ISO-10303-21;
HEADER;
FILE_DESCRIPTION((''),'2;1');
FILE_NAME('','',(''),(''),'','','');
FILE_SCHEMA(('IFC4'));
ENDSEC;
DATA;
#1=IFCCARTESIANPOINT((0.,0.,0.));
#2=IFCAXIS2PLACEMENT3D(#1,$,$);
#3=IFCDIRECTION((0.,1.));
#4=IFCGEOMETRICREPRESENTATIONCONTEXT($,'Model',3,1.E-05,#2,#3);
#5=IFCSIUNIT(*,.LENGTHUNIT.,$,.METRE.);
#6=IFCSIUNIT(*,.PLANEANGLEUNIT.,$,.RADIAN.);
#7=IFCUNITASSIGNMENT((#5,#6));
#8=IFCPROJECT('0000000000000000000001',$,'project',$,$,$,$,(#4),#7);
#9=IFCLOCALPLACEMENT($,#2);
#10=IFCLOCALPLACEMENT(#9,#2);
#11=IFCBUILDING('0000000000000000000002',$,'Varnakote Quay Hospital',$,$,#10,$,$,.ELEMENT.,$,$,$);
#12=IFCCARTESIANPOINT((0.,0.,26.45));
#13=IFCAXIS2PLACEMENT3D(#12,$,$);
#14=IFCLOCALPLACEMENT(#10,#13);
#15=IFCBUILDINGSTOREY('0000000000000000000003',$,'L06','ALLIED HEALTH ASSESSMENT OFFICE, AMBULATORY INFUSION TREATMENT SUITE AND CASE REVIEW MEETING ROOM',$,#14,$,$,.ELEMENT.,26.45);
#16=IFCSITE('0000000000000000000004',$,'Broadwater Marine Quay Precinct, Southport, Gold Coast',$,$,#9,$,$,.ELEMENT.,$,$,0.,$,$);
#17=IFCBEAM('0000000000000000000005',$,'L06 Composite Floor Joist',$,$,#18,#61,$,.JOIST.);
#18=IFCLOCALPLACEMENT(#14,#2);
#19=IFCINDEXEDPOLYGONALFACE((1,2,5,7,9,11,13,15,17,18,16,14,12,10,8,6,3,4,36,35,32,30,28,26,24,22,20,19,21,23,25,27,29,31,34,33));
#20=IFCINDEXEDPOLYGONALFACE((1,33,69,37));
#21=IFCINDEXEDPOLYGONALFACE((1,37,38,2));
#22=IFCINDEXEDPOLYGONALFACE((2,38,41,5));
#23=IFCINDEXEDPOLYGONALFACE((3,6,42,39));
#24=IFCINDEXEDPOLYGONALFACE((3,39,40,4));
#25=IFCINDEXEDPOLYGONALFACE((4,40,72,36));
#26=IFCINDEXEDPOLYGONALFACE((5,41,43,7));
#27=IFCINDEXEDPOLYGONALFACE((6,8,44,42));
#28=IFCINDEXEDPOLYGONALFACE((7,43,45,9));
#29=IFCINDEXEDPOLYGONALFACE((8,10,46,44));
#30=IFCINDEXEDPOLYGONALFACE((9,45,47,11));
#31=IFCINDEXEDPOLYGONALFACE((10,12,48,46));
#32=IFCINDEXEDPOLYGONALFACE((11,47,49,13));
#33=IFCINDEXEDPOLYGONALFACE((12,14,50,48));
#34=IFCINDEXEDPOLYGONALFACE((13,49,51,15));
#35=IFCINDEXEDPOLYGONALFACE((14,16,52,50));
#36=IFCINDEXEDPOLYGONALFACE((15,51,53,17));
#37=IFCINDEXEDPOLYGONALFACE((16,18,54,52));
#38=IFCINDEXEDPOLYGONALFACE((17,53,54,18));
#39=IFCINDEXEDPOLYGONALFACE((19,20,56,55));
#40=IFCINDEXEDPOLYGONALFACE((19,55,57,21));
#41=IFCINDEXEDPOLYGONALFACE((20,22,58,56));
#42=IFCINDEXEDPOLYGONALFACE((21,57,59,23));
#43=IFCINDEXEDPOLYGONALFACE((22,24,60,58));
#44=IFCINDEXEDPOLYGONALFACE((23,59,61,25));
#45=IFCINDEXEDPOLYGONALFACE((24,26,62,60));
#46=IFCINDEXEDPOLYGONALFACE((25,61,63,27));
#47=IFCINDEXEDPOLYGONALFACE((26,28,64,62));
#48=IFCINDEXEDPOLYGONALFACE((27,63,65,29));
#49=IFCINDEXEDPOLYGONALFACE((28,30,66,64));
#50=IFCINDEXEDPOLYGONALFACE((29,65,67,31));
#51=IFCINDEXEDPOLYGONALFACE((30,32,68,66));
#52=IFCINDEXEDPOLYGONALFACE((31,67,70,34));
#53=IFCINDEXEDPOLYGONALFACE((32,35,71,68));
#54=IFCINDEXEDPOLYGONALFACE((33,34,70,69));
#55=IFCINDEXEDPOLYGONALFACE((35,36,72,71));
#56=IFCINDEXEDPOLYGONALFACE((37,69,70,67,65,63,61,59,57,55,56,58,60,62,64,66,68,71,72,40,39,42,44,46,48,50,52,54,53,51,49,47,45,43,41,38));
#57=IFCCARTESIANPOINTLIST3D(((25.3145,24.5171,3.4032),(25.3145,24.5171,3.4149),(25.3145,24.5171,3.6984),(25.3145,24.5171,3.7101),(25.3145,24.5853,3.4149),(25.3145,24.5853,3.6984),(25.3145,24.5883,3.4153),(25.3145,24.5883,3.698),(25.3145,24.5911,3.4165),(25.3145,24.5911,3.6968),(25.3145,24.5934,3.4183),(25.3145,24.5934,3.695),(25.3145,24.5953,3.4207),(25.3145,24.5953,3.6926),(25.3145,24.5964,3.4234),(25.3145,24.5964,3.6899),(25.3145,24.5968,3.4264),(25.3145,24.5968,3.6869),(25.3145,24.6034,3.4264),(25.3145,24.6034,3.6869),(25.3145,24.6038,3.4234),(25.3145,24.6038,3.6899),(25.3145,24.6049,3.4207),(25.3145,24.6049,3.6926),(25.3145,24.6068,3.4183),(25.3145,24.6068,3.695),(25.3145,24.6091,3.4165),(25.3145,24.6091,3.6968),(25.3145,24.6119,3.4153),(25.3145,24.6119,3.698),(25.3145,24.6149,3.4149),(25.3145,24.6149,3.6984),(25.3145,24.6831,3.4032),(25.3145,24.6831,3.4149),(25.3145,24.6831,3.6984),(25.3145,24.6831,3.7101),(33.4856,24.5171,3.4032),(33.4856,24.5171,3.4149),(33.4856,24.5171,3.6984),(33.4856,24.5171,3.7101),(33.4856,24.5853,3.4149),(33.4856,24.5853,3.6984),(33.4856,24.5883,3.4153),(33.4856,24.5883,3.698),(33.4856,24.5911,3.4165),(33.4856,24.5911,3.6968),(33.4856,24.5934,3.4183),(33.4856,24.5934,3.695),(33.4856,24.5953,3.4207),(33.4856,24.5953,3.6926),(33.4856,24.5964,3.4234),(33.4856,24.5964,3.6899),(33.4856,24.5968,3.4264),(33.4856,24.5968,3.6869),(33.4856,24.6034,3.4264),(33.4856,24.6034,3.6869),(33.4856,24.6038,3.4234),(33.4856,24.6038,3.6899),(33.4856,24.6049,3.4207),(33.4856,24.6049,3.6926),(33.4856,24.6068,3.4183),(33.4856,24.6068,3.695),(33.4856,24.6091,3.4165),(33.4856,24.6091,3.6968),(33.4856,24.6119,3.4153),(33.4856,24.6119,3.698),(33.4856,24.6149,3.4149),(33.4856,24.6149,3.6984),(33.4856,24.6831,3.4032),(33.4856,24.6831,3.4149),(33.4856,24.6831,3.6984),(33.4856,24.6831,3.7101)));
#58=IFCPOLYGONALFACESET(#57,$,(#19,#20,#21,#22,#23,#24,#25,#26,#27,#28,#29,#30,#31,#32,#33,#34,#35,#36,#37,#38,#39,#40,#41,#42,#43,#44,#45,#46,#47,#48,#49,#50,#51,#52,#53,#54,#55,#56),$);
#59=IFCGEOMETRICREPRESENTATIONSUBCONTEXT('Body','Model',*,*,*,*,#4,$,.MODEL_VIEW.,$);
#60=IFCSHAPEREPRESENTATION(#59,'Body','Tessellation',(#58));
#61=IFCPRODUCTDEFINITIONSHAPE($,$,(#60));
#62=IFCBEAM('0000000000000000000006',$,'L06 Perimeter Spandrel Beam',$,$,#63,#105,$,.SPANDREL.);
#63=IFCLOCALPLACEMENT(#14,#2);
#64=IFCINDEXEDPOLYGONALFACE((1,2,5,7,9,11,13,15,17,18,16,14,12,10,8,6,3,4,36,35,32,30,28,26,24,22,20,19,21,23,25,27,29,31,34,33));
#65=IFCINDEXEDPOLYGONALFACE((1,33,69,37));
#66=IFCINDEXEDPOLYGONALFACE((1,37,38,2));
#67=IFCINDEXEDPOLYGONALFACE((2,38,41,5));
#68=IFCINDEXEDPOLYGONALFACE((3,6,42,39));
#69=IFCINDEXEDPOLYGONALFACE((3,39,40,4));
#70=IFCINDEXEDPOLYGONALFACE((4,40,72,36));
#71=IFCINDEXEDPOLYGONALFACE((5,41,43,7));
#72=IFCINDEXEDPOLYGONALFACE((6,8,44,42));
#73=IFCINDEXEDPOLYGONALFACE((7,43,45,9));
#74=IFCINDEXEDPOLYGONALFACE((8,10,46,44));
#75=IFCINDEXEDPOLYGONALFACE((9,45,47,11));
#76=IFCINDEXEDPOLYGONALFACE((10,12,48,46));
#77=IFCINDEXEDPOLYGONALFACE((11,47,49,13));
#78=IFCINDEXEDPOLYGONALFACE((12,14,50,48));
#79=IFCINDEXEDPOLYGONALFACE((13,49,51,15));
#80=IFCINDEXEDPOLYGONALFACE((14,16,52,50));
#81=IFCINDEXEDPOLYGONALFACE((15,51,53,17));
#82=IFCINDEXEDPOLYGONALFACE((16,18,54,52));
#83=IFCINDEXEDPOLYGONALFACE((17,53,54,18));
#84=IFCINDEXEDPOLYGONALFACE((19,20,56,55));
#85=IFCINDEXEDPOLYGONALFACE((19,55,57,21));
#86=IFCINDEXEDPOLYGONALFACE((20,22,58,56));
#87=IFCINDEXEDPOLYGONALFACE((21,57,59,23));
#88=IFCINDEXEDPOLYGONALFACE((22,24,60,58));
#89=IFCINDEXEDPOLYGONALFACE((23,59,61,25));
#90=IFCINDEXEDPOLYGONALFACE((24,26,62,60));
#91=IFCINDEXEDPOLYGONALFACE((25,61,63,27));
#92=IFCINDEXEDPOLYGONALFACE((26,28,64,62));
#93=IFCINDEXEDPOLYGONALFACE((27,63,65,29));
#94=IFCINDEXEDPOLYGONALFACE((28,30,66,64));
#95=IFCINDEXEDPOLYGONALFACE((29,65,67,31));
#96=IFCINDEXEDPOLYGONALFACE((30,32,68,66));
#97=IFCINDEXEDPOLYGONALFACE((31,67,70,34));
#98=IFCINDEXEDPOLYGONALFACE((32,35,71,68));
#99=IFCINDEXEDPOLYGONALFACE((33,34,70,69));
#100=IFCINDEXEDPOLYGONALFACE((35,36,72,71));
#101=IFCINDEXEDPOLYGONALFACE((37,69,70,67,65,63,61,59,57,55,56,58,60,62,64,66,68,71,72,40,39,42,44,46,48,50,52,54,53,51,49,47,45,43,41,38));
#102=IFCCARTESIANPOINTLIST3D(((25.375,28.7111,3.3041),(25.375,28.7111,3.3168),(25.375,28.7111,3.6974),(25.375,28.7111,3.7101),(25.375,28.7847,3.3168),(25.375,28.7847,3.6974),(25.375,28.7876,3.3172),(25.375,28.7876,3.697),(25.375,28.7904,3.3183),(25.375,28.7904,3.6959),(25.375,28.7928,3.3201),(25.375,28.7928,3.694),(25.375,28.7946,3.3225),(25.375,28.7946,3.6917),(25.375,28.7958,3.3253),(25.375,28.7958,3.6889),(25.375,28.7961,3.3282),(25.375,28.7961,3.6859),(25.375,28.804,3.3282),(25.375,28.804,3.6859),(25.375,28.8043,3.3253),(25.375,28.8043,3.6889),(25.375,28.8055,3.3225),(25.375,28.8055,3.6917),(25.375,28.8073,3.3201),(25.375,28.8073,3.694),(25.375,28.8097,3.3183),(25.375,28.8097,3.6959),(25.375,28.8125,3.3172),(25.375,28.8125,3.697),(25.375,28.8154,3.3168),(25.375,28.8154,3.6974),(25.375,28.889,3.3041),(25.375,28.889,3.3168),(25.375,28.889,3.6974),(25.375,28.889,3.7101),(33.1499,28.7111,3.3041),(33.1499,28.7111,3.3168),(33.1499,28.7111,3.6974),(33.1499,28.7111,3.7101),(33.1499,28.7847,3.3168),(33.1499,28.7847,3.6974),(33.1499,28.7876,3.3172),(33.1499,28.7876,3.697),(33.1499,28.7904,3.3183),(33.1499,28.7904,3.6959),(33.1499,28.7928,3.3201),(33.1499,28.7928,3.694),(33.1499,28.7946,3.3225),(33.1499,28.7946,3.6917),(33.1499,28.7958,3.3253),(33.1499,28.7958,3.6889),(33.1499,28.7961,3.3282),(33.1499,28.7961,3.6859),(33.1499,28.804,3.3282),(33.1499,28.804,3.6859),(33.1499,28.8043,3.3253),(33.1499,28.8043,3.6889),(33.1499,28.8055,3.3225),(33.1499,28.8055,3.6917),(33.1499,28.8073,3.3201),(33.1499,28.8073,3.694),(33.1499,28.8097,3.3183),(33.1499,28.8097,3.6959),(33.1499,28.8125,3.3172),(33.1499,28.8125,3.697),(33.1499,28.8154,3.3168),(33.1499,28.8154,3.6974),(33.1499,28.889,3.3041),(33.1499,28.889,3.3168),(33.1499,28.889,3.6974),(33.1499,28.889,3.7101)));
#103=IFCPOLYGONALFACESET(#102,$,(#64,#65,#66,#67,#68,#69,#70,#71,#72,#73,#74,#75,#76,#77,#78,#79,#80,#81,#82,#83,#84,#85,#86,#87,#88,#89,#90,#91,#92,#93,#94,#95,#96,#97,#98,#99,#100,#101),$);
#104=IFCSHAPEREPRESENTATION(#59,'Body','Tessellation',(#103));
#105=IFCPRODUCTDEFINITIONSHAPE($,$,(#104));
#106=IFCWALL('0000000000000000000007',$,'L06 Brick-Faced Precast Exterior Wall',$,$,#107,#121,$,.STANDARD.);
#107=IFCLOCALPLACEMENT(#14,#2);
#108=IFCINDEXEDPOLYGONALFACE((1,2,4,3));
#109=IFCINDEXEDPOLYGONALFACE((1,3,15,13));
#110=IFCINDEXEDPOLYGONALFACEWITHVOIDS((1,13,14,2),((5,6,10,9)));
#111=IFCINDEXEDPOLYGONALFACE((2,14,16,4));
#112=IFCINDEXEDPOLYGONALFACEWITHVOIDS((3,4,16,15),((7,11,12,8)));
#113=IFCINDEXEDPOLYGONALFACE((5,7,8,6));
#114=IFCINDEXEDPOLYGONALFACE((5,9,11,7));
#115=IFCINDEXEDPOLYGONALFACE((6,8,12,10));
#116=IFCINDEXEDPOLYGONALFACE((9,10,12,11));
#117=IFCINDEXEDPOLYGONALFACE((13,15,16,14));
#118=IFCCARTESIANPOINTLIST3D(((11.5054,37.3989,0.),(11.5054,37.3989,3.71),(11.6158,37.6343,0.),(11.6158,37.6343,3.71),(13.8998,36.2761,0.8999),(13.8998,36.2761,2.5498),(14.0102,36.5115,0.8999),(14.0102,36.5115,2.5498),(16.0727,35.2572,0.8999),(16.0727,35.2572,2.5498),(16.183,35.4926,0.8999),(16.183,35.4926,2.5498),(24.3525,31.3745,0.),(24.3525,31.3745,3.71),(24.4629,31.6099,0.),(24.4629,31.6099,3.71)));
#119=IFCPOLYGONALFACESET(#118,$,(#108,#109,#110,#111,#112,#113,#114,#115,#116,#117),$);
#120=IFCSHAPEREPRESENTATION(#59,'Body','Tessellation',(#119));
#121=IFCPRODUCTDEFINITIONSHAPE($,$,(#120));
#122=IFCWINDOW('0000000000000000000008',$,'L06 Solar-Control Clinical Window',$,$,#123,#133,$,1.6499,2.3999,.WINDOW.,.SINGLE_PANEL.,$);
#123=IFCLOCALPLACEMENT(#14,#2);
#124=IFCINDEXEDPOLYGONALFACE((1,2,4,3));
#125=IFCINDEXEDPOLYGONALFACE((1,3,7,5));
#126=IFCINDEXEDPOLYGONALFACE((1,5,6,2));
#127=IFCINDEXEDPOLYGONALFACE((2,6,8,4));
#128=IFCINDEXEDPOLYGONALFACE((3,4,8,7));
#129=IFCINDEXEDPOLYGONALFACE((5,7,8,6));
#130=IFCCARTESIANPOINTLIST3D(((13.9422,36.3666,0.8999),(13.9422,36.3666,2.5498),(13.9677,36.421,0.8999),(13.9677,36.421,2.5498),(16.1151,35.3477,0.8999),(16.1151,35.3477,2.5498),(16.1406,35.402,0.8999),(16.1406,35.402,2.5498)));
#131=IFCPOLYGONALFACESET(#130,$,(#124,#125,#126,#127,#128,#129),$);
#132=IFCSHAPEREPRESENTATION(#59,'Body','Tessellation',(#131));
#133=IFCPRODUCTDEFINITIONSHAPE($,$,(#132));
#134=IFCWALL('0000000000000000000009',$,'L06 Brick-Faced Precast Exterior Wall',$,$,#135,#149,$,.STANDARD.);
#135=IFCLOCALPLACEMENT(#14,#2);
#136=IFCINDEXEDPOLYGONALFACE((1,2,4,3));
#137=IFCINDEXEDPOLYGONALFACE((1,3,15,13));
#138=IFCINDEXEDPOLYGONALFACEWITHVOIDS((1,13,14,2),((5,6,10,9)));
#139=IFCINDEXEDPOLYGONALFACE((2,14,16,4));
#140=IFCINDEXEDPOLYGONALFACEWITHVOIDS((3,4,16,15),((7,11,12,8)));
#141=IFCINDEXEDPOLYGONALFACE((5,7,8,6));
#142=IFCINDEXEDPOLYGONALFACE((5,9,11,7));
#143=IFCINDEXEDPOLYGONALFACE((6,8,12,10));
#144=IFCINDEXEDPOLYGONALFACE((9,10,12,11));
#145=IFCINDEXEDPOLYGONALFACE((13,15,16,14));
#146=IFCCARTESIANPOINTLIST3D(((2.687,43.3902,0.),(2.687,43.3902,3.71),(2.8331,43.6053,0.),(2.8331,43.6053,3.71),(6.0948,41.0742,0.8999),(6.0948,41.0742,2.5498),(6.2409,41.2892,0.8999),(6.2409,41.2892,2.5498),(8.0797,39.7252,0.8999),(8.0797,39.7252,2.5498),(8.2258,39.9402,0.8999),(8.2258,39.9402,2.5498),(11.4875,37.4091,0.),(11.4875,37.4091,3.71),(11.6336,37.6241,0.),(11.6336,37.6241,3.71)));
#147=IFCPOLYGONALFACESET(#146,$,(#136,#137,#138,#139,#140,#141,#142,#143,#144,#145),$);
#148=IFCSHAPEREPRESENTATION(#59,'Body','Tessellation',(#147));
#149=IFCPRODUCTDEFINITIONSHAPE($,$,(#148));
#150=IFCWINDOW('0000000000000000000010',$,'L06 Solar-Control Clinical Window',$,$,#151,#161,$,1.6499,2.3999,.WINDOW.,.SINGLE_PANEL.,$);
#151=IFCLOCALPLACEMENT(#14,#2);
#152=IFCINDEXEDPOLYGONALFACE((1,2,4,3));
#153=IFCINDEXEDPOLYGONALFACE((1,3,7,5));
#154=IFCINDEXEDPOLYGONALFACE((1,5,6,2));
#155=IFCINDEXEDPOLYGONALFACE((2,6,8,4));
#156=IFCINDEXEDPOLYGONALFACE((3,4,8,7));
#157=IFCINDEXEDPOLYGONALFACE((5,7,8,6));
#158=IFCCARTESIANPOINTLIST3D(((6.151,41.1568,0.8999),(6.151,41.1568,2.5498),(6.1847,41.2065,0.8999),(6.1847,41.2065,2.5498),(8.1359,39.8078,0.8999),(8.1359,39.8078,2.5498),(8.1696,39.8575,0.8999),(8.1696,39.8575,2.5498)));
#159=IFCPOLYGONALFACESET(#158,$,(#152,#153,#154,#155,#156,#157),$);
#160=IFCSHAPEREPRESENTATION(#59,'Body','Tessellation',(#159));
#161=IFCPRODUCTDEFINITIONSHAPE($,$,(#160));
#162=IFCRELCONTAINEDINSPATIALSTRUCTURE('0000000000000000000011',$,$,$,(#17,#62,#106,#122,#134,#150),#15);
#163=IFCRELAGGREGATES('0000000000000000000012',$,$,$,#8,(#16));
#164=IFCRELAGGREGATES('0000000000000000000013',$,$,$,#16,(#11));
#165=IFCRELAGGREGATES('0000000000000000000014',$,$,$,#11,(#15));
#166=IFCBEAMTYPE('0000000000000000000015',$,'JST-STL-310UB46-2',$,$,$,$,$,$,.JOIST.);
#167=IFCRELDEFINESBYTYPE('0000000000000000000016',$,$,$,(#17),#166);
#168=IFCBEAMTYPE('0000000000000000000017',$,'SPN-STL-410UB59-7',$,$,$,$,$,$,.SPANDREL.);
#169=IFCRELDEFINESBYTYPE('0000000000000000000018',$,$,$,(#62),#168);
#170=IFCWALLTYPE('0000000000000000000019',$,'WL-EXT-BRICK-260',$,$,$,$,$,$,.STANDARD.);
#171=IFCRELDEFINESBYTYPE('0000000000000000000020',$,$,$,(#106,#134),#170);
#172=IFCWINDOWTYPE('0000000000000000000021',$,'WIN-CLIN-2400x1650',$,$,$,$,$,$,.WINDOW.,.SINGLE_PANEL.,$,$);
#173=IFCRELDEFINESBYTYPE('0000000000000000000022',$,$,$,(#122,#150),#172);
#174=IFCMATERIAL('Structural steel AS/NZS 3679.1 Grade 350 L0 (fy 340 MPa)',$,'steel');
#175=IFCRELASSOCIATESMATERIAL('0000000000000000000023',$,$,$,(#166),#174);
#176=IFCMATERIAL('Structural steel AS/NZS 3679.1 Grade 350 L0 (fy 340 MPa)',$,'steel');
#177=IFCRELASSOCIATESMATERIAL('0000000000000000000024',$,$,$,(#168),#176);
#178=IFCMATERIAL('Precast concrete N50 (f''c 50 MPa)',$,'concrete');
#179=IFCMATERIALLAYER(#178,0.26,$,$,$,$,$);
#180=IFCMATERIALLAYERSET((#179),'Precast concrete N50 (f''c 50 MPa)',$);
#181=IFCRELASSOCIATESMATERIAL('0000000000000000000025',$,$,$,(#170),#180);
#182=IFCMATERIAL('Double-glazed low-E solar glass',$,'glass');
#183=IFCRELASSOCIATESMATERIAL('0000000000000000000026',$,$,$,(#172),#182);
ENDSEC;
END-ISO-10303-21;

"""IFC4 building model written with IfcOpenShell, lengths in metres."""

from ifc_helpers import new_model, si_unit, direction, frame, frame_2d, origin, origin_2d, place, context, subcontext, project, spatial, rectangle, i_section, extrude, material, layer, layer_set, material_profile, profile_set, type_object, element, fill, save


model = new_model("IFC4")

# Units and contexts
model_context = context("Model", 3, precision=1e-05, world=origin(), true_north=direction((0.0, 1.0)))
body_context = subcontext(model_context, "Body", "Model", "MODEL_VIEW")
ifc_project = project(units=[si_unit("LENGTHUNIT", "METRE"), si_unit("PLANEANGLEUNIT", "RADIAN")], contexts=[model_context])

# Site, building, storey
site_placement = place(None, origin())
site = spatial("IfcSite", under=ifc_project, at=site_placement, Name="Broadwater Marine Quay Precinct, Southport, Gold Coast", CompositionType="ELEMENT", RefElevation=0.0)
building_placement = place(site_placement, origin())
building = spatial("IfcBuilding", under=site, at=building_placement, Name="Varnakote Quay Hospital", CompositionType="ELEMENT")
storey_placement = place(building_placement, frame((0.0, 0.0, 26.45)))
storey = spatial("IfcBuildingStorey", under=building, at=storey_placement, Name="L06", Description="ALLIED HEALTH ASSESSMENT OFFICE, AMBULATORY INFUSION TREATMENT SUITE AND CASE REVIEW MEETING ROOM", CompositionType="ELEMENT", Elevation=26.45)

# Beams
ifc_material_1 = material(Name="Structural steel AS/NZS 3679.1 Grade 350 L0 (fy 340 MPa)", Category="steel")
ifc_material_profile_1 = material_profile(ifc_material_1, i_section(OverallWidth=0.166, OverallDepth=0.3069, WebThickness=0.0066, FlangeThickness=0.0117, FilletRadius=0.0115, at=origin_2d()), Name="310UB46.2")
ifc_profile_set_1 = profile_set([ifc_material_profile_1], Name="Structural steel AS/NZS 3679.1 Grade 350 L0 (fy 340 MPa)")
beam_type_1 = type_object("IfcBeamType", Name="JST-STL-310UB46-2", PredefinedType="JOIST", material=ifc_profile_set_1)
beam_1_placement = place(storey_placement, frame((25.3145, 24.6001, 3.5566), z_axis=(1.0, 0.0, 0.0), x_axis=(0.0, 1.0, 0.0)))
element("IfcBeam", 1, at=beam_1_placement, inside=storey, type_object=beam_type_1, Name="L06 Composite Floor Joist", PredefinedType="JOIST", context=body_context, shape_type="SweptSolid", body=[
    extrude(i_section(OverallWidth=0.166, OverallDepth=0.3069, WebThickness=0.0066, FlangeThickness=0.0117, FilletRadius=0.0115, at=origin_2d()), origin(), (0.0, 0.0, 1.0), 8.1711),
])
ifc_material_2 = material(Name="Structural steel AS/NZS 3679.1 Grade 350 L0 (fy 340 MPa)", Category="steel")
ifc_material_profile_2 = material_profile(ifc_material_2, i_section(OverallWidth=0.178, OverallDepth=0.406, WebThickness=0.0078, FlangeThickness=0.0127, FilletRadius=0.0115, at=origin_2d()), Name="410UB59.7")
ifc_profile_set_2 = profile_set([ifc_material_profile_2], Name="Structural steel AS/NZS 3679.1 Grade 350 L0 (fy 340 MPa)")
beam_type_2 = type_object("IfcBeamType", Name="SPN-STL-410UB59-7", PredefinedType="SPANDREL", material=ifc_profile_set_2)
beam_2_placement = place(storey_placement, frame((25.375, 28.8, 3.5071), z_axis=(1.0, 0.0, 0.0), x_axis=(0.0, 1.0, 0.0)))
element("IfcBeam", 2, at=beam_2_placement, inside=storey, type_object=beam_type_2, Name="L06 Perimeter Spandrel Beam", PredefinedType="SPANDREL", context=body_context, shape_type="SweptSolid", body=[
    extrude(i_section(OverallWidth=0.178, OverallDepth=0.406, WebThickness=0.0078, FlangeThickness=0.0127, FilletRadius=0.0115, at=origin_2d()), origin(), (0.0, 0.0, 1.0), 7.7749),
])

# Walls, openings, windows
ifc_material_3 = material(Name="Precast concrete N50 (f'c 50 MPa)", Category="concrete")
ifc_layer_1 = layer(ifc_material_3, 0.26)
ifc_layer_set_1 = layer_set([ifc_layer_1], Name="Precast concrete N50 (f'c 50 MPa)")
wall_type_1 = type_object("IfcWallType", Name="WL-EXT-BRICK-260", PredefinedType="STANDARD", material=ifc_layer_set_1)
wall_1_placement = place(storey_placement, frame((24.4077, 31.4922, 0.0), z_axis=(0.0, 0.0, 1.0), x_axis=(-0.905397, 0.424567, 0.0)))
wall_1 = element("IfcWall", 3, at=wall_1_placement, inside=storey, type_object=wall_type_1, Name="L06 Brick-Faced Precast Exterior Wall", PredefinedType="STANDARD", context=body_context, shape_type="SweptSolid", body=[
    extrude(rectangle(XDim=14.1895, YDim=0.26, at=frame_2d((7.0947, 0.0))), origin(), (0.0, 0.0, 1.0), 3.71),
])
opening_1_placement = place(wall_1_placement, frame((9.145, 0.0, 0.8999)))
opening_1 = element("IfcOpeningElement", 4, at=opening_1_placement, cuts=wall_1, PredefinedType="OPENING", context=body_context, shape_type="SweptSolid", body=[
    extrude(rectangle(XDim=2.3999, YDim=1.6499, at=frame_2d((1.2, 0.825))), frame((0.0, 0.1399, 0.0), z_axis=(0.0, -1.0, 0.0), x_axis=(1.0, 0.0, 0.0)), (0.0, 0.0, 1.0), 0.28),
])
ifc_material_4 = material(Name="Double-glazed low-E solar glass", Category="glass")
window_type = type_object("IfcWindowType", Name="WIN-CLIN-2400x1650", PartitioningType="SINGLE_PANEL", PredefinedType="WINDOW", material=ifc_material_4)
window_1_placement = place(opening_1_placement, origin())
window_1 = element("IfcWindow", 5, at=window_1_placement, inside=storey, type_object=window_type, Name="L06 Solar-Control Clinical Window", OverallHeight=1.6499, OverallWidth=2.3999, PartitioningType="SINGLE_PANEL", PredefinedType="WINDOW", context=body_context, shape_type="SweptSolid", body=[
    extrude(rectangle(XDim=2.3999, YDim=1.6499, at=frame_2d((1.2, 0.825))), frame((0.0, 0.03, 0.0), z_axis=(0.0, -1.0, 0.0), x_axis=(1.0, 0.0, 0.0)), (0.0, 0.0, 1.0), 0.0601),
])
fill(opening_1, window_1)
wall_2_placement = place(storey_placement, frame((11.5605, 37.5166, 0.0), z_axis=(0.0, 0.0, 1.0), x_axis=(-0.827065, 0.562107, 0.0)))
wall_2 = element("IfcWall", 6, at=wall_2_placement, inside=storey, type_object=wall_type_1, Name="L06 Brick-Faced Precast Exterior Wall", PredefinedType="STANDARD", context=body_context, shape_type="SweptSolid", body=[
    extrude(rectangle(XDim=10.6406, YDim=0.26, at=frame_2d((5.3203, 0.0))), origin(), (0.0, 0.0, 1.0), 3.71),
])
opening_2_placement = place(wall_2_placement, frame((4.1204, 0.0, 0.8999)))
opening_2 = element("IfcOpeningElement", 7, at=opening_2_placement, cuts=wall_2, PredefinedType="OPENING", context=body_context, shape_type="SweptSolid", body=[
    extrude(rectangle(XDim=2.3999, YDim=1.6499, at=frame_2d((1.2, 0.825))), frame((0.0, 0.1399, 0.0), z_axis=(0.0, -1.0, 0.0), x_axis=(1.0, 0.0, 0.0)), (0.0, 0.0, 1.0), 0.28),
])
window_2_placement = place(opening_2_placement, origin())
window_2 = element("IfcWindow", 8, at=window_2_placement, inside=storey, type_object=window_type, Name="L06 Solar-Control Clinical Window", OverallHeight=1.6499, OverallWidth=2.3999, PartitioningType="SINGLE_PANEL", PredefinedType="WINDOW", context=body_context, shape_type="SweptSolid", body=[
    extrude(rectangle(XDim=2.3999, YDim=1.6499, at=frame_2d((1.2, 0.825))), frame((0.0, 0.03, 0.0), z_axis=(0.0, -1.0, 0.0), x_axis=(1.0, 0.0, 0.0)), (0.0, 0.0, 1.0), 0.0601),
])
fill(opening_2, window_2)

save(model, "model.ifc")
